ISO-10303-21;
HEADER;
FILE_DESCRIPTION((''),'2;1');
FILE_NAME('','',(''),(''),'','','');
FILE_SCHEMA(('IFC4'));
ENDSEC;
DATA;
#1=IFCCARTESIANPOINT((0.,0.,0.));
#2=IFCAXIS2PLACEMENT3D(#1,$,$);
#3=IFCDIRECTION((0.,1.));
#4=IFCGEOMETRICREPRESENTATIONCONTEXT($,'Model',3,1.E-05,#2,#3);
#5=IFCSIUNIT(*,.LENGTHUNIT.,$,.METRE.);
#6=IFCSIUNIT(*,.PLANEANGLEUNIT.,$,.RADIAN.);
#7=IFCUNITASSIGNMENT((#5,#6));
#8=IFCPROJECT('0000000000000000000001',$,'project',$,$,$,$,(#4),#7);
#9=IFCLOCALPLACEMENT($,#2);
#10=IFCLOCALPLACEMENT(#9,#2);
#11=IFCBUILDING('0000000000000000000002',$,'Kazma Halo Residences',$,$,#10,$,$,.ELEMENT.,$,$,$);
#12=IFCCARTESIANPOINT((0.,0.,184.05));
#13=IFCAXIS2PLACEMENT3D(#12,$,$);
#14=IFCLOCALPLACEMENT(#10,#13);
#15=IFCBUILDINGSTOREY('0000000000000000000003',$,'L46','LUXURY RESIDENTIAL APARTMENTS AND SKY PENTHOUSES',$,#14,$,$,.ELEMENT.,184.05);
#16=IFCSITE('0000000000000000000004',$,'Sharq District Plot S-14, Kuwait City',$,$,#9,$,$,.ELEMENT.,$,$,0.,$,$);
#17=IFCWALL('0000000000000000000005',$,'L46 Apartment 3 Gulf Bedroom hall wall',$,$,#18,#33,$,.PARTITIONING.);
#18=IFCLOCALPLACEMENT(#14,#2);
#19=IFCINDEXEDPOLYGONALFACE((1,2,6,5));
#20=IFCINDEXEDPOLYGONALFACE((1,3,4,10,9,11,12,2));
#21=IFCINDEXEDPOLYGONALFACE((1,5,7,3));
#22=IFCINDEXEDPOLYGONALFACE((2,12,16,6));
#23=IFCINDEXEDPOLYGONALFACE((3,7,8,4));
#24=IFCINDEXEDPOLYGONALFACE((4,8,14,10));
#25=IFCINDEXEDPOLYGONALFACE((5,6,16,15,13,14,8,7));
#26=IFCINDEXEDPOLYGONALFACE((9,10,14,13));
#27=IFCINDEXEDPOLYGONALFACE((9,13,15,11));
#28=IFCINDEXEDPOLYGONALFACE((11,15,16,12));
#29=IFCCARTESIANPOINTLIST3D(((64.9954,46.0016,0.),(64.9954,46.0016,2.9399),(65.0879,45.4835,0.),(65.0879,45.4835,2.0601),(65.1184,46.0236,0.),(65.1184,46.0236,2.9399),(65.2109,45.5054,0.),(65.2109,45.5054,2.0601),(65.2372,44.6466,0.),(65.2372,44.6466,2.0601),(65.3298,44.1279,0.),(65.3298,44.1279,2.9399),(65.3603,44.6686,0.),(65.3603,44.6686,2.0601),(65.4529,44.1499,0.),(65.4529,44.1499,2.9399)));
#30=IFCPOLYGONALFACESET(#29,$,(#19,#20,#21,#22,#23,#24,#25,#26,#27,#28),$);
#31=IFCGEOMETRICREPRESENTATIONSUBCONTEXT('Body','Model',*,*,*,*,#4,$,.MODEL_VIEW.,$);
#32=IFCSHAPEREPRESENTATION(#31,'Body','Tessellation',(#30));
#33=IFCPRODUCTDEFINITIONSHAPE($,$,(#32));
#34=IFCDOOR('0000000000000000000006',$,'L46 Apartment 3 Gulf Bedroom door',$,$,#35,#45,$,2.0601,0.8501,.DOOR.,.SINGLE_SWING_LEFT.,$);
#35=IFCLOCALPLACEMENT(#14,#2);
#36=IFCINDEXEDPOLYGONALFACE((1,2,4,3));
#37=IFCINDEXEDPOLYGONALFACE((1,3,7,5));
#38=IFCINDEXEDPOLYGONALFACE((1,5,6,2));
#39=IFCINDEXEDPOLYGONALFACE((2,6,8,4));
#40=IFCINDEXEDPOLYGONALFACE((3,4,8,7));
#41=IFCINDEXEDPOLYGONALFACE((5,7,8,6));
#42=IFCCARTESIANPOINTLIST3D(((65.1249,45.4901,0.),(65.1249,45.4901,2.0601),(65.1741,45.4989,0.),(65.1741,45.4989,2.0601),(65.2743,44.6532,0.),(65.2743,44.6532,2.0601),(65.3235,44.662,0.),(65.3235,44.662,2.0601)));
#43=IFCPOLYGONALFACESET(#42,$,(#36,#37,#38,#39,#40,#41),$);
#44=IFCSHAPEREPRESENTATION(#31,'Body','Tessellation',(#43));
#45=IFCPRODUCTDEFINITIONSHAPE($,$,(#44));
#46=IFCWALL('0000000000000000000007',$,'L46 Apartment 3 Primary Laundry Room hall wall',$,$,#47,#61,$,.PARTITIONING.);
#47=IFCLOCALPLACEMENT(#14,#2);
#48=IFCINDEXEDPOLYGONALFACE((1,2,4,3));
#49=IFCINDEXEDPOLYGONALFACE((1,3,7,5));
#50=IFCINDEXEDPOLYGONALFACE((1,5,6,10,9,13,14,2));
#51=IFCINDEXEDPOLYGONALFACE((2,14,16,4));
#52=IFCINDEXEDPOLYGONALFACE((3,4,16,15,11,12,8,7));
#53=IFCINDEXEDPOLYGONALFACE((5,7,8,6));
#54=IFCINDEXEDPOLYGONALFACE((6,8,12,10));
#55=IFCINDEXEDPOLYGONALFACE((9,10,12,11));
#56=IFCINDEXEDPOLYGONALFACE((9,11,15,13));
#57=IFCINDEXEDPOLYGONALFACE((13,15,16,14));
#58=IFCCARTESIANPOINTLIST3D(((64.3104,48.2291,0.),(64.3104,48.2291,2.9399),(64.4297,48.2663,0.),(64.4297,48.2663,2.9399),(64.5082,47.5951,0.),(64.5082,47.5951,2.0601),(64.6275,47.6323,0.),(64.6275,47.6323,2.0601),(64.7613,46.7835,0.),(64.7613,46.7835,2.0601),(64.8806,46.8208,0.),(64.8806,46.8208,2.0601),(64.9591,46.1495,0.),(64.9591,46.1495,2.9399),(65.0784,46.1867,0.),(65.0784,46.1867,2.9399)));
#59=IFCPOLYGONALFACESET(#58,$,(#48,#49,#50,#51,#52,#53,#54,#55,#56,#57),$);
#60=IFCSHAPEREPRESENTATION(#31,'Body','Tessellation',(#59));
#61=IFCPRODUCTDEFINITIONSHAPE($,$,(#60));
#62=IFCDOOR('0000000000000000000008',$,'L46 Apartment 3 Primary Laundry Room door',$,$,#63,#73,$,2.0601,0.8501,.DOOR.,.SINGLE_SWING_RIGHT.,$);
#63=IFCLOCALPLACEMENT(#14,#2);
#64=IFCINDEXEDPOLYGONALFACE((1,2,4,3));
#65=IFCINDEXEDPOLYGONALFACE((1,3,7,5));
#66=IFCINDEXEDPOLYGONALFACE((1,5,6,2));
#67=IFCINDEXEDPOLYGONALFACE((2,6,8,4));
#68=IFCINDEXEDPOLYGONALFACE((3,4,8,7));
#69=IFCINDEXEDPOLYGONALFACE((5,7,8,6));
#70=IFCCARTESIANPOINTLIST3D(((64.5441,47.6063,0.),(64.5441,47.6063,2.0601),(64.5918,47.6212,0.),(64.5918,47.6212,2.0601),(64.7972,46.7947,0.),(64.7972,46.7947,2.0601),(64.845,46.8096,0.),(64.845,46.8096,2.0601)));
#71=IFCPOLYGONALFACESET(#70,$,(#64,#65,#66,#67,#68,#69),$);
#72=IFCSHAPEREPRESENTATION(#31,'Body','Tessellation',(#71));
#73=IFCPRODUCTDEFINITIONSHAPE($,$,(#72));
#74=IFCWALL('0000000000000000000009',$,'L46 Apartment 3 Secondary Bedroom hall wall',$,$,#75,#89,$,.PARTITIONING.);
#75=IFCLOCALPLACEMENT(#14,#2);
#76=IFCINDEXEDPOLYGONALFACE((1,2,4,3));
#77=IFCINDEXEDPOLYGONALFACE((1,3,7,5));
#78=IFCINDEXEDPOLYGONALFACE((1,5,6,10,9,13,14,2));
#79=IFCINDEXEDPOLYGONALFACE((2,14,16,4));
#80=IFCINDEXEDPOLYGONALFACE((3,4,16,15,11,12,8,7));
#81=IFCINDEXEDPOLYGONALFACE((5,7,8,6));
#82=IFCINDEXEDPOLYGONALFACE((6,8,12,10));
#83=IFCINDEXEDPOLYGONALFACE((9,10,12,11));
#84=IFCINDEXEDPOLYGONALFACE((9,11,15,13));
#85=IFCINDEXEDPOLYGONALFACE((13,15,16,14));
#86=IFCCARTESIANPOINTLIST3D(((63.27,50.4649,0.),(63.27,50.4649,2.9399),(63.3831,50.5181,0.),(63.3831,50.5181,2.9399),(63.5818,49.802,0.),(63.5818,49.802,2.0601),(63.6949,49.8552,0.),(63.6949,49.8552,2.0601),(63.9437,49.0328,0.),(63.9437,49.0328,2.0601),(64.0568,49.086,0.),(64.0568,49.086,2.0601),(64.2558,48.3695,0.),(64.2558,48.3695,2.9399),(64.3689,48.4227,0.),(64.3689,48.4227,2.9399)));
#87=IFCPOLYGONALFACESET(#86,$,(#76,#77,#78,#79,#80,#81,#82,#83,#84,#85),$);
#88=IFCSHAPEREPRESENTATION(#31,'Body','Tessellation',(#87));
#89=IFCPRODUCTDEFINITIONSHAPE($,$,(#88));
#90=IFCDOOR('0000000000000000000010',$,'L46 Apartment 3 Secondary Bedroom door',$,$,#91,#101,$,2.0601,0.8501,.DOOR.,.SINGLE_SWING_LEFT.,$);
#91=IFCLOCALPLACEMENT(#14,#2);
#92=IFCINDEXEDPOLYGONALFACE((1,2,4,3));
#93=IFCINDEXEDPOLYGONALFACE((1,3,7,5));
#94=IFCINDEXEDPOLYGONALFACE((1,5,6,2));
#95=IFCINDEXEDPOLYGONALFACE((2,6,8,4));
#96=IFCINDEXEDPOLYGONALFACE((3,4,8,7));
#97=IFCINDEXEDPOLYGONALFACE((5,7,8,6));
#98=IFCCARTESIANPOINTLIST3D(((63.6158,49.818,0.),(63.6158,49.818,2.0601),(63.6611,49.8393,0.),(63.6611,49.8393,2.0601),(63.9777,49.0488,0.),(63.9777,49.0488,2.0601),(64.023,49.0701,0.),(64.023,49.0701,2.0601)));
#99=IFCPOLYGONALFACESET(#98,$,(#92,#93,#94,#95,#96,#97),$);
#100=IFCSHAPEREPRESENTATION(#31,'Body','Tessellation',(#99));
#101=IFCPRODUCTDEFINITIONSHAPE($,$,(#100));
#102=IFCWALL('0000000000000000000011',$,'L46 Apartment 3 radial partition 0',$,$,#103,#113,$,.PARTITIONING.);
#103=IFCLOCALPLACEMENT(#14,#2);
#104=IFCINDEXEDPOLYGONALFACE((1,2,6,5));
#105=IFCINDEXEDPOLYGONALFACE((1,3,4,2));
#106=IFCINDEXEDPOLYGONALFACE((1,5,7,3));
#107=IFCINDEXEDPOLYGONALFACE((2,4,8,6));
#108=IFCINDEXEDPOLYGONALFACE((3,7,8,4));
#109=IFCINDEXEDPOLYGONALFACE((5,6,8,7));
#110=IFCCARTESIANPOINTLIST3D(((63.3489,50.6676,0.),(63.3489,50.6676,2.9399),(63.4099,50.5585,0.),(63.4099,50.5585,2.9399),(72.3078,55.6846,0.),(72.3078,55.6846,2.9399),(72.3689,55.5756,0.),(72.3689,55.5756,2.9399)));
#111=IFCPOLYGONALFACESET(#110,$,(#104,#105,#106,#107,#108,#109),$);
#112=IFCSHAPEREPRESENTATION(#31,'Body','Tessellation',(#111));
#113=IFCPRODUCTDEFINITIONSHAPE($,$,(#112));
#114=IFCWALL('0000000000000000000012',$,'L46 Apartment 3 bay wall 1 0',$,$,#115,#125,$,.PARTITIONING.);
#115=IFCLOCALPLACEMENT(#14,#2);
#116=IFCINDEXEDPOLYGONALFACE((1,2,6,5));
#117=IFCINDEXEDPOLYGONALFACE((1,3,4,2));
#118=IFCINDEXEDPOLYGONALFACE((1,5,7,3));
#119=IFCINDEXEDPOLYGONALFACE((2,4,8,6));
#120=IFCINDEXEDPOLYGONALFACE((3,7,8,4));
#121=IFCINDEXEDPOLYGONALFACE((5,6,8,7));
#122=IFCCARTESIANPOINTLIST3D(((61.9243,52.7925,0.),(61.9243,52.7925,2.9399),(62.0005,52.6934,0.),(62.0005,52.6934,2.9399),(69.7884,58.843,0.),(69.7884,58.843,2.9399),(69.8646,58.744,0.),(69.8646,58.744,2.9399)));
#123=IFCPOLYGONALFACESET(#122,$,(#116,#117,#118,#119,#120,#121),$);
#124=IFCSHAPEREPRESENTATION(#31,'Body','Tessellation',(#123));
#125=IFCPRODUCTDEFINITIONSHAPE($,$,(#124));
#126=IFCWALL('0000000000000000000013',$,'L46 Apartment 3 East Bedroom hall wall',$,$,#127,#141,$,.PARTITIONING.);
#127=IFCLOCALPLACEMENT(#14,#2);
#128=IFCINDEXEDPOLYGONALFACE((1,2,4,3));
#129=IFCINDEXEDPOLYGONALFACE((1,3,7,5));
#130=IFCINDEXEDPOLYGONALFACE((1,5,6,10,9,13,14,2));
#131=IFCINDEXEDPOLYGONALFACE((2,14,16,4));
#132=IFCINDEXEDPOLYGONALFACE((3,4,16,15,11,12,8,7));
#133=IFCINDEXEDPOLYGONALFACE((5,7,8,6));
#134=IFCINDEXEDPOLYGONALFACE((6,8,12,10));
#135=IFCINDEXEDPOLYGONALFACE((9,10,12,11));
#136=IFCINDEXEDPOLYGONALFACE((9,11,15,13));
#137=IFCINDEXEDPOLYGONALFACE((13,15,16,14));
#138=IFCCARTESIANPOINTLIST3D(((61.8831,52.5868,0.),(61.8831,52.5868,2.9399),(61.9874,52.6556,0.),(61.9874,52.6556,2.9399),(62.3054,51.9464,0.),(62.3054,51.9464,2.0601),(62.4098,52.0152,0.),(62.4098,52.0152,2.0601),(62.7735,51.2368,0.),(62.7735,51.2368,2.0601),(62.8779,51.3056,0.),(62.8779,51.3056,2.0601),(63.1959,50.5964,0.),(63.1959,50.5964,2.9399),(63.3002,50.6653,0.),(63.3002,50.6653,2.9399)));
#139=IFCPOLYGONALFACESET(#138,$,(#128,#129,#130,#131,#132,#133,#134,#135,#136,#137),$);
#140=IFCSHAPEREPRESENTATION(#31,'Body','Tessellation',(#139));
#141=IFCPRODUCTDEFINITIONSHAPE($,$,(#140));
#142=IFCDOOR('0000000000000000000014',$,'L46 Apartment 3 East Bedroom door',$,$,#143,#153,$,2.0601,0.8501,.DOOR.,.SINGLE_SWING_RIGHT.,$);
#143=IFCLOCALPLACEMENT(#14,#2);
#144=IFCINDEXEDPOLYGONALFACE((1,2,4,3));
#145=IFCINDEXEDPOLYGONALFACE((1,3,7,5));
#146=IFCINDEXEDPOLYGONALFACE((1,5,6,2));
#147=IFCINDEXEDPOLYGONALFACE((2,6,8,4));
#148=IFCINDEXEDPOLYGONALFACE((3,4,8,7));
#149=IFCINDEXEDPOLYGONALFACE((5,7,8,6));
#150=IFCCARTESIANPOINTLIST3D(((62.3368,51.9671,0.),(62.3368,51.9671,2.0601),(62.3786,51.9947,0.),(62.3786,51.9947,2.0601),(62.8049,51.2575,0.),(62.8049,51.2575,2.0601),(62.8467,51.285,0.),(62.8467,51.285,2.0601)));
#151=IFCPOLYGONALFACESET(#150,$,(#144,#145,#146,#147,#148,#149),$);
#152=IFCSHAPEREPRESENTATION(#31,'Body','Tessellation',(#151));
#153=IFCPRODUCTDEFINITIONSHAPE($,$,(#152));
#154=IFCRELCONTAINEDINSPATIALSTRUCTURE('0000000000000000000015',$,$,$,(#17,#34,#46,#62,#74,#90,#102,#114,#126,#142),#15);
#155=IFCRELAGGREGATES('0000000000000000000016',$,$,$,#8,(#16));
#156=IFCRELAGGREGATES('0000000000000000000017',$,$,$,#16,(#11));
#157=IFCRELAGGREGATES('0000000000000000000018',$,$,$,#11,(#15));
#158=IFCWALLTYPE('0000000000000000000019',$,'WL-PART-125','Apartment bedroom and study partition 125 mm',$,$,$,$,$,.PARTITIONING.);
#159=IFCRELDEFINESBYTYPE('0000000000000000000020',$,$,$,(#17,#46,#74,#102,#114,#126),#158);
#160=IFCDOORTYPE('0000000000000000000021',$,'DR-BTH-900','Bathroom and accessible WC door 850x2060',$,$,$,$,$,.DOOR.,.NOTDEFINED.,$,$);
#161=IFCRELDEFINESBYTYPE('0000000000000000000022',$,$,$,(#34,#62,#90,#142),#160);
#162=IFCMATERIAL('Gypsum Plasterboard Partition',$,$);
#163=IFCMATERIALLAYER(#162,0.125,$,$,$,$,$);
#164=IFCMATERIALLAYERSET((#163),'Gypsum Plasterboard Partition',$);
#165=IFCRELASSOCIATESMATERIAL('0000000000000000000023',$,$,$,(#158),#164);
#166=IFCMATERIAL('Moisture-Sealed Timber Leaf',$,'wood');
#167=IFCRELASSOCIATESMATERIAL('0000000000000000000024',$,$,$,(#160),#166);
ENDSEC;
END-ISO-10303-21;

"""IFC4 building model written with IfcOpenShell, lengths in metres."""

from ifc_helpers import new_model, si_unit, direction, frame, frame_2d, origin, place, context, subcontext, project, spatial, rectangle, extrude, material, layer, layer_set, type_object, element, fill, save


model = new_model("IFC4")

# Units and contexts
model_context = context("Model", 3, precision=1e-05, world=origin(), true_north=direction((0.0, 1.0)))
body_context = subcontext(model_context, "Body", "Model", "MODEL_VIEW")
ifc_project = project(units=[si_unit("LENGTHUNIT", "METRE"), si_unit("PLANEANGLEUNIT", "RADIAN")], contexts=[model_context])

# Site, building, storey
site_placement = place(None, origin())
site = spatial("IfcSite", under=ifc_project, at=site_placement, Name="Sharq District Plot S-14, Kuwait City", CompositionType="ELEMENT", RefElevation=0.0)
building_placement = place(site_placement, origin())
building = spatial("IfcBuilding", under=site, at=building_placement, Name="Kazma Halo Residences", CompositionType="ELEMENT")
storey_placement = place(building_placement, frame((0.0, 0.0, 184.05)))
storey = spatial("IfcBuildingStorey", under=building, at=storey_placement, Name="L46", Description="LUXURY RESIDENTIAL APARTMENTS AND SKY PENTHOUSES", CompositionType="ELEMENT", Elevation=184.05)

# Shared definitions
ifc_material_1 = material(Name="Gypsum Plasterboard Partition")
ifc_layer_1 = layer(ifc_material_1, 0.125)
ifc_layer_set_1 = layer_set([ifc_layer_1], Name="Gypsum Plasterboard Partition")
wall_type_1 = type_object("IfcWallType", Name="WL-PART-125", Description="Apartment bedroom and study partition 125 mm", PredefinedType="PARTITIONING", material=ifc_layer_set_1)

# Walls, openings, doors
wall_1_placement = place(storey_placement, frame((65.3914, 44.1389, 0.0), z_axis=(0.0, 0.0, 1.0), x_axis=(-0.175724, 0.984439, 0.0)))
wall_1 = element("IfcWall", 1, at=wall_1_placement, inside=storey, type_object=wall_type_1, Name="L46 Apartment 3 Gulf Bedroom hall wall", PredefinedType="PARTITIONING", context=body_context, shape_type="SweptSolid", body=[
    extrude(rectangle(XDim=1.9033, YDim=0.125, at=frame_2d((0.9517, 0.0))), origin(), (0.0, 0.0, 1.0), 2.9399),
])
opening_1_placement = place(wall_1_placement, frame((0.5269, 0.0, 0.0)))
opening_1 = element("IfcOpeningElement", 2, at=opening_1_placement, cuts=wall_1, PredefinedType="OPENING", context=body_context, shape_type="SweptSolid", body=[
    extrude(rectangle(XDim=0.8501, YDim=2.0601, at=frame_2d((0.425, 1.03))), frame((0.0, 0.0725, 0.0), z_axis=(0.0, -1.0, 0.0), x_axis=(1.0, 0.0, 0.0)), (0.0, 0.0, 1.0), 0.145),
])
ifc_material_2 = material(Name="Moisture-Sealed Timber Leaf", Category="wood")
door_type = type_object("IfcDoorType", Name="DR-BTH-900", Description="Bathroom and accessible WC door 850x2060", OperationType="NOTDEFINED", PredefinedType="DOOR", material=ifc_material_2)
door_1_placement = place(opening_1_placement, origin())
door_1 = element("IfcDoor", 3, at=door_1_placement, inside=storey, type_object=door_type, Name="L46 Apartment 3 Gulf Bedroom door", OperationType="SINGLE_SWING_LEFT", OverallHeight=2.0601, OverallWidth=0.8501, PredefinedType="DOOR", context=body_context, shape_type="SweptSolid", body=[
    extrude(rectangle(XDim=0.8501, YDim=2.0601, at=frame_2d((0.425, 1.03))), frame((0.0, 0.0249, 0.0), z_axis=(0.0, -1.0, 0.0), x_axis=(1.0, 0.0, 0.0)), (0.0, 0.0, 1.0), 0.05),
])
fill(opening_1, door_1)
wall_2_placement = place(storey_placement, frame((65.0188, 46.168, 0.0), z_axis=(0.0, 0.0, 1.0), x_axis=(-0.297777, 0.954635, 0.0)))
wall_2 = element("IfcWall", 4, at=wall_2_placement, inside=storey, type_object=wall_type_1, Name="L46 Apartment 3 Primary Laundry Room hall wall", PredefinedType="PARTITIONING", context=body_context, shape_type="SweptSolid", body=[
    extrude(rectangle(XDim=2.1785, YDim=0.125, at=frame_2d((1.0894, 0.0))), origin(), (0.0, 0.0, 1.0), 2.9399),
])
opening_2_placement = place(wall_2_placement, frame((0.6643, 0.0, 0.0)))
opening_2 = element("IfcOpeningElement", 5, at=opening_2_placement, cuts=wall_2, PredefinedType="OPENING", context=body_context, shape_type="SweptSolid", body=[
    extrude(rectangle(XDim=0.8501, YDim=2.0601, at=frame_2d((0.425, 1.03))), frame((0.0, 0.0725, 0.0), z_axis=(0.0, -1.0, 0.0), x_axis=(1.0, 0.0, 0.0)), (0.0, 0.0, 1.0), 0.145),
])
door_2_placement = place(opening_2_placement, origin())
door_2 = element("IfcDoor", 6, at=door_2_placement, inside=storey, type_object=door_type, Name="L46 Apartment 3 Primary Laundry Room door", OperationType="SINGLE_SWING_RIGHT", OverallHeight=2.0601, OverallWidth=0.8501, PredefinedType="DOOR", context=body_context, shape_type="SweptSolid", body=[
    extrude(rectangle(XDim=0.8501, YDim=2.0601, at=frame_2d((0.425, 1.03))), frame((0.0, 0.0249, 0.0), z_axis=(0.0, -1.0, 0.0), x_axis=(1.0, 0.0, 0.0)), (0.0, 0.0, 1.0), 0.05),
])
fill(opening_2, door_2)
wall_3_placement = place(storey_placement, frame((64.3123, 48.3962, 0.0), z_axis=(0.0, 0.0, 1.0), x_axis=(-0.425706, 0.904862, 0.0)))
wall_3 = element("IfcWall", 7, at=wall_3_placement, inside=storey, type_object=wall_type_1, Name="L46 Apartment 3 Secondary Bedroom hall wall", PredefinedType="PARTITIONING", context=body_context, shape_type="SweptSolid", body=[
    extrude(rectangle(XDim=2.3157, YDim=0.125, at=frame_2d((1.1577, 0.0))), origin(), (0.0, 0.0, 1.0), 2.9399),
])
opening_3_placement = place(wall_3_placement, frame((0.7329, 0.0, 0.0)))
opening_3 = element("IfcOpeningElement", 8, at=opening_3_placement, cuts=wall_3, PredefinedType="OPENING", context=body_context, shape_type="SweptSolid", body=[
    extrude(rectangle(XDim=0.8501, YDim=2.0601, at=frame_2d((0.425, 1.03))), frame((0.0, 0.0725, 0.0), z_axis=(0.0, -1.0, 0.0), x_axis=(1.0, 0.0, 0.0)), (0.0, 0.0, 1.0), 0.145),
])
door_3_placement = place(opening_3_placement, origin())
door_3 = element("IfcDoor", 9, at=door_3_placement, inside=storey, type_object=door_type, Name="L46 Apartment 3 Secondary Bedroom door", OperationType="SINGLE_SWING_LEFT", OverallHeight=2.0601, OverallWidth=0.8501, PredefinedType="DOOR", context=body_context, shape_type="SweptSolid", body=[
    extrude(rectangle(XDim=0.8501, YDim=2.0601, at=frame_2d((0.425, 1.03))), frame((0.0, 0.0249, 0.0), z_axis=(0.0, -1.0, 0.0), x_axis=(1.0, 0.0, 0.0)), (0.0, 0.0, 1.0), 0.05),
])
fill(opening_3, door_3)

# Walls
wall_4_placement = place(storey_placement, frame((63.3794, 50.613, 0.0), z_axis=(0.0, 0.0, 1.0), x_axis=(0.872504, 0.488608, 0.0)))
element("IfcWall", 10, at=wall_4_placement, inside=storey, type_object=wall_type_1, Name="L46 Apartment 3 radial partition 0", PredefinedType="PARTITIONING", context=body_context, shape_type="SweptSolid", body=[
    extrude(rectangle(XDim=10.2681, YDim=0.125, at=frame_2d((5.134, 0.0))), origin(), (0.0, 0.0, 1.0), 2.9399),
])
wall_5_placement = place(storey_placement, frame((61.9624, 52.7429, 0.0), z_axis=(0.0, 0.0, 1.0), x_axis=(0.792561, 0.609793, 0.0)))
element("IfcWall", 11, at=wall_5_placement, inside=storey, type_object=wall_type_1, Name="L46 Apartment 3 bay wall 1 0", PredefinedType="PARTITIONING", context=body_context, shape_type="SweptSolid", body=[
    extrude(rectangle(XDim=9.9224, YDim=0.125, at=frame_2d((4.9612, 0.0))), origin(), (0.0, 0.0, 1.0), 2.9399),
])

# Wall, opening, door
wall_6_placement = place(storey_placement, frame((63.248, 50.6309, 0.0), z_axis=(0.0, 0.0, 1.0), x_axis=(-0.550605, 0.834766, 0.0)))
wall_6 = element("IfcWall", 12, at=wall_6_placement, inside=storey, type_object=wall_type_1, Name="L46 Apartment 3 East Bedroom hall wall", PredefinedType="PARTITIONING", context=body_context, shape_type="SweptSolid", body=[
    extrude(rectangle(XDim=2.3843, YDim=0.125, at=frame_2d((1.1921, 0.0))), origin(), (0.0, 0.0, 1.0), 2.9399),
])
opening_4_placement = place(wall_6_placement, frame((0.7671, 0.0, 0.0)))
opening_4 = element("IfcOpeningElement", 13, at=opening_4_placement, cuts=wall_6, PredefinedType="OPENING", context=body_context, shape_type="SweptSolid", body=[
    extrude(rectangle(XDim=0.8501, YDim=2.0601, at=frame_2d((0.425, 1.03))), frame((0.0, 0.0725, 0.0), z_axis=(0.0, -1.0, 0.0), x_axis=(1.0, 0.0, 0.0)), (0.0, 0.0, 1.0), 0.145),
])
door_4_placement = place(opening_4_placement, origin())
door_4 = element("IfcDoor", 14, at=door_4_placement, inside=storey, type_object=door_type, Name="L46 Apartment 3 East Bedroom door", OperationType="SINGLE_SWING_RIGHT", OverallHeight=2.0601, OverallWidth=0.8501, PredefinedType="DOOR", context=body_context, shape_type="SweptSolid", body=[
    extrude(rectangle(XDim=0.8501, YDim=2.0601, at=frame_2d((0.425, 1.03))), frame((0.0, 0.0249, 0.0), z_axis=(0.0, -1.0, 0.0), x_axis=(1.0, 0.0, 0.0)), (0.0, 0.0, 1.0), 0.05),
])
fill(opening_4, door_4)

save(model, "model.ifc")
